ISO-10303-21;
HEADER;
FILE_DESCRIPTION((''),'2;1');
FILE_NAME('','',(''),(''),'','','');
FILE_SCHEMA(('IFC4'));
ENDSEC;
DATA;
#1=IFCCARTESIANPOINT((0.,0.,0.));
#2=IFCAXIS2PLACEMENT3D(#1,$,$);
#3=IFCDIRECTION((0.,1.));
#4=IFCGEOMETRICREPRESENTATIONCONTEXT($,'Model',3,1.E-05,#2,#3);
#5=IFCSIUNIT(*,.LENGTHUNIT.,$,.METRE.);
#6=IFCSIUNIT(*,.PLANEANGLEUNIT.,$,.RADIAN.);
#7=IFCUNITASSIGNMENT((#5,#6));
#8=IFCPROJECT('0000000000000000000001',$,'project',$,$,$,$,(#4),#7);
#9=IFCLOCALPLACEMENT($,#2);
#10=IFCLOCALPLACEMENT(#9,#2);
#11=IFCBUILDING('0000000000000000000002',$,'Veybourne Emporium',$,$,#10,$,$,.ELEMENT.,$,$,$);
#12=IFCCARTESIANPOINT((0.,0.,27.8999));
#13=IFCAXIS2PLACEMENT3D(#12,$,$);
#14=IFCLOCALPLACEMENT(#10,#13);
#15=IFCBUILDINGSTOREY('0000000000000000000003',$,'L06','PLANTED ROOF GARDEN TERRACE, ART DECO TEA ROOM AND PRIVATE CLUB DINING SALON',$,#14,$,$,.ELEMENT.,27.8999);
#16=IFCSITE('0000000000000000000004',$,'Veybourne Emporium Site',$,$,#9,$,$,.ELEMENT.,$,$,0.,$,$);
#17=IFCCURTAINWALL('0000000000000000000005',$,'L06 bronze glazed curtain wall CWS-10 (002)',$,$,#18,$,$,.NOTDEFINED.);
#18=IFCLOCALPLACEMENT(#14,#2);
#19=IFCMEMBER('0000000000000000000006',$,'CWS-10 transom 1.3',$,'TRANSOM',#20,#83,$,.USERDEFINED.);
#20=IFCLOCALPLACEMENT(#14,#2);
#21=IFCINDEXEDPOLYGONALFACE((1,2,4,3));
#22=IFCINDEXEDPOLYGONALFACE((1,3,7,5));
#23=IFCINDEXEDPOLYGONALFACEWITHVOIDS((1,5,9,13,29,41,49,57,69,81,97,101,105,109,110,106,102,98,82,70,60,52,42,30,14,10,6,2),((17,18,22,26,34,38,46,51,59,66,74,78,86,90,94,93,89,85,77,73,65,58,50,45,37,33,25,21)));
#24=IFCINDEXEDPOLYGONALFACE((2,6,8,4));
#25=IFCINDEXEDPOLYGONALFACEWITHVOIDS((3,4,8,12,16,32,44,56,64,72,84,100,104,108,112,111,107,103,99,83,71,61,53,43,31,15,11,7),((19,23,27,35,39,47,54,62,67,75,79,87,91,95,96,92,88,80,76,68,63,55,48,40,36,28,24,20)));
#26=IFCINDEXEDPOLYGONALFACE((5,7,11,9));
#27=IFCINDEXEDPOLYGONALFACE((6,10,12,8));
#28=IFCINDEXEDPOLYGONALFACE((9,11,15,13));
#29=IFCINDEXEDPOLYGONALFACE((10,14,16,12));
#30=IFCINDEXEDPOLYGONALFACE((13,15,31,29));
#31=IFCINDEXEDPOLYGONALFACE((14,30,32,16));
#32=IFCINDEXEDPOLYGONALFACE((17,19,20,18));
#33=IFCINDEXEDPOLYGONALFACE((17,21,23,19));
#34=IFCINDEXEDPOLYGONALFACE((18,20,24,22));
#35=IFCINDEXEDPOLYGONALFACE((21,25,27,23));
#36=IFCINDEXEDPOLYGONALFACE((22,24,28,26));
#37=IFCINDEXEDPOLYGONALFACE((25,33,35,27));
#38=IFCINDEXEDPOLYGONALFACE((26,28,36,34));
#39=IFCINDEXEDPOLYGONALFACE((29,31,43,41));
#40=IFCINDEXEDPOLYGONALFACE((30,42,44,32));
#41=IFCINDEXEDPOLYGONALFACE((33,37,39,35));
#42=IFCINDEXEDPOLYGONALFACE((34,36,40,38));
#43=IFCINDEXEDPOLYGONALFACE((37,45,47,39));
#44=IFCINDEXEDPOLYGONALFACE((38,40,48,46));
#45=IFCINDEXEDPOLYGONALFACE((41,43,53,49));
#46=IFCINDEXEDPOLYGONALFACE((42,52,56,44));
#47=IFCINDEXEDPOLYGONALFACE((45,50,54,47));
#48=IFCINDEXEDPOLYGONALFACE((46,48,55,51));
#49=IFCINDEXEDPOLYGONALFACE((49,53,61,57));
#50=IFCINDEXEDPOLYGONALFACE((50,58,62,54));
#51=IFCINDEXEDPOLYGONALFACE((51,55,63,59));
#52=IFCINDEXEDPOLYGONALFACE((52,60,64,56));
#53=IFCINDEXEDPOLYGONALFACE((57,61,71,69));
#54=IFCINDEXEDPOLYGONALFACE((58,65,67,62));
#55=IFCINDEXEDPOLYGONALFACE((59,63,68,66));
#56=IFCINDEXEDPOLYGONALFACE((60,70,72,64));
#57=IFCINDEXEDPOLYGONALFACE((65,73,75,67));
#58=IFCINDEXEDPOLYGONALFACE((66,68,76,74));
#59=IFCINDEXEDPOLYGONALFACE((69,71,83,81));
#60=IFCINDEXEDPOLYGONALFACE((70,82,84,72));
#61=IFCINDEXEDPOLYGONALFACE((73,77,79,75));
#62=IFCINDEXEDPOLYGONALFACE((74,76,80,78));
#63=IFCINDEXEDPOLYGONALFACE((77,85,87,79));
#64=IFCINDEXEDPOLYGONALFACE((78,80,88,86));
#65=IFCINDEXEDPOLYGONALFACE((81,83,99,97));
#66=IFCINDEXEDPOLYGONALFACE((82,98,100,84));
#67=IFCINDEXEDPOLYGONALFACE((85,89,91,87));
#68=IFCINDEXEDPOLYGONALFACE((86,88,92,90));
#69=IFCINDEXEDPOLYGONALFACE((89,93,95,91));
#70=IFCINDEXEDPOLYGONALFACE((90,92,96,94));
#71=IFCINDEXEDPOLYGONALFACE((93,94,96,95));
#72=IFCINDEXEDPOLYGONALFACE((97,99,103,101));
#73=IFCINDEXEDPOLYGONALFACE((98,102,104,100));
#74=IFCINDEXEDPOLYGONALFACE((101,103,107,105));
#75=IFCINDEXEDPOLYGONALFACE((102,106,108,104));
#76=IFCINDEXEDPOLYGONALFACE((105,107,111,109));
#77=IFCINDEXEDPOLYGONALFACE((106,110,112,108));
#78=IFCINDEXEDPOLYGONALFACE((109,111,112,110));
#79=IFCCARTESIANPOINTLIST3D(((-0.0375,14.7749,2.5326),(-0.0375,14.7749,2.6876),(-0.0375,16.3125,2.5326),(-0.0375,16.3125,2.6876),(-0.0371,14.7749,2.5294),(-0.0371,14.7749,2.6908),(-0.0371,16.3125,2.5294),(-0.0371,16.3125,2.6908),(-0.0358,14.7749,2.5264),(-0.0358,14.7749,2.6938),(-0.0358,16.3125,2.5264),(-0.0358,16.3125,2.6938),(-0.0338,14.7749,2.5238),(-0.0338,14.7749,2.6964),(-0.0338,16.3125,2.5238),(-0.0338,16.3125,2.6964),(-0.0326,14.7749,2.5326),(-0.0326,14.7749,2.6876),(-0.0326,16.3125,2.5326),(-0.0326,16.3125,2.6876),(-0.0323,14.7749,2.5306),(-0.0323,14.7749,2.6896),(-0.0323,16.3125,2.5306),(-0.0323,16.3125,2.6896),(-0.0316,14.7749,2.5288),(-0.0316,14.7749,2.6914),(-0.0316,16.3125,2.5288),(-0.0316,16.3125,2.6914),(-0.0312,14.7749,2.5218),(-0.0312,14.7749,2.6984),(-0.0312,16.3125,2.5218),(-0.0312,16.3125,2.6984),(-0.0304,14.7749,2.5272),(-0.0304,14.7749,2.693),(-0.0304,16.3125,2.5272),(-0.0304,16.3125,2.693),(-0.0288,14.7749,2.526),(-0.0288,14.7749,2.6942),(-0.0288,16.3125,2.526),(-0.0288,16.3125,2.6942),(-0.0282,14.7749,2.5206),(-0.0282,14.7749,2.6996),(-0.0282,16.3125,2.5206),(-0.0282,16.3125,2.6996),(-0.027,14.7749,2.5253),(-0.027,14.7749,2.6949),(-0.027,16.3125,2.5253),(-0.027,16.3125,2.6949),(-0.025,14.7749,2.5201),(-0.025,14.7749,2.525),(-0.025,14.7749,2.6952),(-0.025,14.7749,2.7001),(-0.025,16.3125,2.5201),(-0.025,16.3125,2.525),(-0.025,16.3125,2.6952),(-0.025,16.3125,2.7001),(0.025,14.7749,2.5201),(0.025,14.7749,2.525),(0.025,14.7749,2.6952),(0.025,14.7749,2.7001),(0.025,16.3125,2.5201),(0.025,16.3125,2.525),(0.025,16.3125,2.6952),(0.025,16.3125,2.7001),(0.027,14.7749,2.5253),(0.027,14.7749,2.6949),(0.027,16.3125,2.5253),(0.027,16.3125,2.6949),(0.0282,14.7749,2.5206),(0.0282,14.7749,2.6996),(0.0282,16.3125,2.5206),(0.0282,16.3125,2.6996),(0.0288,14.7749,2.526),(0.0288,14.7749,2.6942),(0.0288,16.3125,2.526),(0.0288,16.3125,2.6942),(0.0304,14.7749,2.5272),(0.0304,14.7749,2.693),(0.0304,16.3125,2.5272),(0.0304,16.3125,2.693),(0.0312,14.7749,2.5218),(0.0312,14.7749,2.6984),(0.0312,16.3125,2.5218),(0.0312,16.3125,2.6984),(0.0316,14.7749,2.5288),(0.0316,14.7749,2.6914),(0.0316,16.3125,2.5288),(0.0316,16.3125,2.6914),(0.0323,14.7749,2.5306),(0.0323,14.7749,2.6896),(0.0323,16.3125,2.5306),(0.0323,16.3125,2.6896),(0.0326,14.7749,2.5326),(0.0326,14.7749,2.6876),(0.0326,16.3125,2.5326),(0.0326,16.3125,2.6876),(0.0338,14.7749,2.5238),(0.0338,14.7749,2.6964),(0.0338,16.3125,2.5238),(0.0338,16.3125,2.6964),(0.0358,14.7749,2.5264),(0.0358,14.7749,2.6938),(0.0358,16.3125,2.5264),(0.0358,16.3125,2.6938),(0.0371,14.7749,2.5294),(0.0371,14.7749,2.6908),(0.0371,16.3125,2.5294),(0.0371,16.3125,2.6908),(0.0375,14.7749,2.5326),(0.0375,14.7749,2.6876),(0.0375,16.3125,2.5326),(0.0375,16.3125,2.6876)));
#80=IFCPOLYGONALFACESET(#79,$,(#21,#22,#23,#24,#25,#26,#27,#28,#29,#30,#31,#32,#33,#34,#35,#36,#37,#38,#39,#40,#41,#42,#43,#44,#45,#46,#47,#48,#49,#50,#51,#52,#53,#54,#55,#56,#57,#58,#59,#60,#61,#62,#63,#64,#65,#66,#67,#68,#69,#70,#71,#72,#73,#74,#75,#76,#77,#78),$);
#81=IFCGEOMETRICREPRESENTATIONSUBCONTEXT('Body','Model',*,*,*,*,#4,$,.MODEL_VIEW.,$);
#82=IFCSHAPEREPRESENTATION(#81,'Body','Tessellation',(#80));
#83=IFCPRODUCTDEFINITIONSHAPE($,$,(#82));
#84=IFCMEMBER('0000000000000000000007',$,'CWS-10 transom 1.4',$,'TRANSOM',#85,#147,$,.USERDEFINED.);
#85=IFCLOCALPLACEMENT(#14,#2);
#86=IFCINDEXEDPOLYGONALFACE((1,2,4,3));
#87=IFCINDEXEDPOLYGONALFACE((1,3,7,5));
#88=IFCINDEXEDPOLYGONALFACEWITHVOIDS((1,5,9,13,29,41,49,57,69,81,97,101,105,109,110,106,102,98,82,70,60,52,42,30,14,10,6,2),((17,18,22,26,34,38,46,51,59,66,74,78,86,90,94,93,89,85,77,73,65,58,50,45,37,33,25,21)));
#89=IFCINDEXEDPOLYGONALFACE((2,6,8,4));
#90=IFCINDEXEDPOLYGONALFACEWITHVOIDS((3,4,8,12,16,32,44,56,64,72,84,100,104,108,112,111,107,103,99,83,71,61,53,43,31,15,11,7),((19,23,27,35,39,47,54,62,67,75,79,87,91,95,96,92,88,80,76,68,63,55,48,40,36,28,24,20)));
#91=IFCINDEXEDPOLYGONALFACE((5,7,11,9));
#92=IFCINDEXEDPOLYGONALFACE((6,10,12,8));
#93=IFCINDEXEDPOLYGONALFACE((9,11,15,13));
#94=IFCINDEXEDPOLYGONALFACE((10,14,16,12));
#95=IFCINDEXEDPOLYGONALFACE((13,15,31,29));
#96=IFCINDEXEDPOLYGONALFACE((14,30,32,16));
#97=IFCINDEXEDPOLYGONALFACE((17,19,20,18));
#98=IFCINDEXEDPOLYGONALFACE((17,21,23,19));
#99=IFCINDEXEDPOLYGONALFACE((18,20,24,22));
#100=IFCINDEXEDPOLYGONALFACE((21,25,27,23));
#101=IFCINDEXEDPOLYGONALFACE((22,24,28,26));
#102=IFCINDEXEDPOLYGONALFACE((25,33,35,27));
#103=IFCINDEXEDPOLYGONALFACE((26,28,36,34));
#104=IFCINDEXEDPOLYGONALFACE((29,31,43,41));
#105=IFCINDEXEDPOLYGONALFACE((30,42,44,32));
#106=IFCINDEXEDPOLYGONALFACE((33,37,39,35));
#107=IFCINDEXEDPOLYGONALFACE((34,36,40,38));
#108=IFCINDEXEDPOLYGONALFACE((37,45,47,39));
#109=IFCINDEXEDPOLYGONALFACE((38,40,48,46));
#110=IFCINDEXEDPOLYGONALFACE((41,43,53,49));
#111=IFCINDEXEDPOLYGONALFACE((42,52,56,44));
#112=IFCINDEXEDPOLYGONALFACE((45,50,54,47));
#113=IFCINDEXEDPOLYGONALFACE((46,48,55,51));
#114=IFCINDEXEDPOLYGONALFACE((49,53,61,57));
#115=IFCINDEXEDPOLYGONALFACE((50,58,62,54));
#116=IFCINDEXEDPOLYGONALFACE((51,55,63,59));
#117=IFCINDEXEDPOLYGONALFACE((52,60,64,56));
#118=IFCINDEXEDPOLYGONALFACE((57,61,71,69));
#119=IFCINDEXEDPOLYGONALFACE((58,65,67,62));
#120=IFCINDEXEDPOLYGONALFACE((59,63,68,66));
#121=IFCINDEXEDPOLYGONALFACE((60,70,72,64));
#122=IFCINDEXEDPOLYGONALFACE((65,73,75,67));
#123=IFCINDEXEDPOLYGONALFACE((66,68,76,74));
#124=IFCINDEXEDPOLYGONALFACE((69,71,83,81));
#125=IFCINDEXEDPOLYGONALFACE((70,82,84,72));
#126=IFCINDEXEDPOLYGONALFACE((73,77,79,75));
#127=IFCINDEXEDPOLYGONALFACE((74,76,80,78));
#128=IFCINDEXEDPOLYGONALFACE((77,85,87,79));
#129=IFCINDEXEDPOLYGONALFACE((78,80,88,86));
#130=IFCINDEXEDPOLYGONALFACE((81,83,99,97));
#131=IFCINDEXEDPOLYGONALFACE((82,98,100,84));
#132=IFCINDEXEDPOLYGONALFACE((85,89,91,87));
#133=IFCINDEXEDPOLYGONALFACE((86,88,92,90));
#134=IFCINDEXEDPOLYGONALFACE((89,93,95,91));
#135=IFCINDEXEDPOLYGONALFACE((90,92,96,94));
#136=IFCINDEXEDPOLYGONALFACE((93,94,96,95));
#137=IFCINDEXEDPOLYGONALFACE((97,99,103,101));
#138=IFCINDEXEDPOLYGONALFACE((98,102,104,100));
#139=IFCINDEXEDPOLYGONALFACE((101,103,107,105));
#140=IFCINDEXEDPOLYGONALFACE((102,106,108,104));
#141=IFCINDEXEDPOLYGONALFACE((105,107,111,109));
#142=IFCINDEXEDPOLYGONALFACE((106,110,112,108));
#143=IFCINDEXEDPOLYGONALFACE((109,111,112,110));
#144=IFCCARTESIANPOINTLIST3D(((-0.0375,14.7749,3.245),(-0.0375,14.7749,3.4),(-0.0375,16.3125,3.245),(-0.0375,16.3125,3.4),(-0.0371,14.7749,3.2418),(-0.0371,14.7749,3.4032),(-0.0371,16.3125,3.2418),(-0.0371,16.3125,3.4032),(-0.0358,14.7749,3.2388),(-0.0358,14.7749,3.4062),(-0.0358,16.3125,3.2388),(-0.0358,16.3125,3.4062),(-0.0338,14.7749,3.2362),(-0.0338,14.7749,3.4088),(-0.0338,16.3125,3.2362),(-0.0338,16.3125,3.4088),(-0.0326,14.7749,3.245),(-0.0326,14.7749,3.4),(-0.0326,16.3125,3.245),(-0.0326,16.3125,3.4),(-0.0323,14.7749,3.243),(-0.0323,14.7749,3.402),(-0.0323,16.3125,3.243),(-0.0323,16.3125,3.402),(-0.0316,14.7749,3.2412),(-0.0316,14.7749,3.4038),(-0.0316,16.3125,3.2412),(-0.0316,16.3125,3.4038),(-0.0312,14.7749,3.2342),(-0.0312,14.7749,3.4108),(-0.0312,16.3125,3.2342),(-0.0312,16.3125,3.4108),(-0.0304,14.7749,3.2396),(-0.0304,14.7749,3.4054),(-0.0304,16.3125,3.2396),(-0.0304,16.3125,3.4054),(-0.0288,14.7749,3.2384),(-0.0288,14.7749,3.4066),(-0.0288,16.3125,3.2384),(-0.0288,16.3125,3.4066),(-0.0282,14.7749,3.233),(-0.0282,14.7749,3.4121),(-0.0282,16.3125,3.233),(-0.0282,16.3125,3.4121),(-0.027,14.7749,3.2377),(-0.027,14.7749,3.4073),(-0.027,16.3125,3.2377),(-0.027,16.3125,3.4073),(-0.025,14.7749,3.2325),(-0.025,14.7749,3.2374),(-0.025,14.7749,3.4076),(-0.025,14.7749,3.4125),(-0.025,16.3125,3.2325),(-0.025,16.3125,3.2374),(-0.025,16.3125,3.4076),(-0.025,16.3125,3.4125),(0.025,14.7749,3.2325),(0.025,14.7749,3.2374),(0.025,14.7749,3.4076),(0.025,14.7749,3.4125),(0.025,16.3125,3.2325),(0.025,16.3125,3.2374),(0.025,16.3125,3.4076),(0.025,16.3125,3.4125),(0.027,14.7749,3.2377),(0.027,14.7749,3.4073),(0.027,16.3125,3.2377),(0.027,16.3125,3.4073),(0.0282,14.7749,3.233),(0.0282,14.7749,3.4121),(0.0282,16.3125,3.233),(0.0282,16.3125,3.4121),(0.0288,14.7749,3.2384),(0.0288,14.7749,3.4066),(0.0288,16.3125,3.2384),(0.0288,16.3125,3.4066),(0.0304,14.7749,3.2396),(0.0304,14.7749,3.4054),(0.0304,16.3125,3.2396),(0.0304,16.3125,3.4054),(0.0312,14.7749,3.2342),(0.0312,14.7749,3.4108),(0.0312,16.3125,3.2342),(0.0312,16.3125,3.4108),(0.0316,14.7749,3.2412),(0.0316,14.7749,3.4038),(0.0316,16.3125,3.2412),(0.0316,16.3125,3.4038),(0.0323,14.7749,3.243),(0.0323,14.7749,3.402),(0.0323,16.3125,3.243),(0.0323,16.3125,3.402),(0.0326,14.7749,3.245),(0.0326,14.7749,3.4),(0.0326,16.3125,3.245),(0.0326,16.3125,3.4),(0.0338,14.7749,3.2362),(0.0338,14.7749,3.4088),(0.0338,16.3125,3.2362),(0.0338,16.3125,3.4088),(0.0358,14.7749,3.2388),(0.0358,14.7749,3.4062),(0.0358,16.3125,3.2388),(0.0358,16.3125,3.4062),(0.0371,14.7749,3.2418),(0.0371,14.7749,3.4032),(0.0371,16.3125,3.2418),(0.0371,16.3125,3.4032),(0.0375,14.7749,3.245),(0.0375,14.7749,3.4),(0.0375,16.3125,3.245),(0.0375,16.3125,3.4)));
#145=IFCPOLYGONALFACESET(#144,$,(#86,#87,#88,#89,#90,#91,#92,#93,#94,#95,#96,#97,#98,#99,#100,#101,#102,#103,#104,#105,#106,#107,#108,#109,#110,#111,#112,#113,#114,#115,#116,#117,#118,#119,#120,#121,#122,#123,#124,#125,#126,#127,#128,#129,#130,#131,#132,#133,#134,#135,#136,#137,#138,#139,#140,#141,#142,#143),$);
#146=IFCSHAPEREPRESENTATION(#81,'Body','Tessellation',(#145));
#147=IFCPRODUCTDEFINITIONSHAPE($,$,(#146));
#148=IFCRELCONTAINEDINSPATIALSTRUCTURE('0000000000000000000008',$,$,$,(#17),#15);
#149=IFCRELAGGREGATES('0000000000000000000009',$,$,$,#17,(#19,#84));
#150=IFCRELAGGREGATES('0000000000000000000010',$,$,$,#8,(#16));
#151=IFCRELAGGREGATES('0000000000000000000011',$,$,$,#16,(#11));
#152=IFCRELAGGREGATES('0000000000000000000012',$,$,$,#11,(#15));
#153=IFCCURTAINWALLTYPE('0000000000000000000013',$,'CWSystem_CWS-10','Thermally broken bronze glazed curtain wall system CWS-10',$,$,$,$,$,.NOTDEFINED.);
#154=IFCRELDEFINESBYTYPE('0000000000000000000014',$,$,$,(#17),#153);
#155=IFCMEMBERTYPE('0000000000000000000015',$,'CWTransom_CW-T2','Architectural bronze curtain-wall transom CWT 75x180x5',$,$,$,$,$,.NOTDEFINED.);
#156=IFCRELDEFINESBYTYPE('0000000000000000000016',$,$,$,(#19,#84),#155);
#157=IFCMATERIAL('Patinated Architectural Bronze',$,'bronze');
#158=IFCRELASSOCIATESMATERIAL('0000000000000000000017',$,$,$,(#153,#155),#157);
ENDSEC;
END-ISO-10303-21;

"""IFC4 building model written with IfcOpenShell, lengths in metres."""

from ifc_helpers import new_model, si_unit, direction, frame, origin, origin_2d, place, context, subcontext, project, spatial, hollow_rectangle, extrude, material, material_profile, profile_set, type_object, element, aggregate, save


model = new_model("IFC4")

# Units and contexts
model_context = context("Model", 3, precision=1e-05, world=origin(), true_north=direction((0.0, 1.0)))
body_context = subcontext(model_context, "Body", "Model", "MODEL_VIEW")
ifc_project = project(units=[si_unit("LENGTHUNIT", "METRE"), si_unit("PLANEANGLEUNIT", "RADIAN")], contexts=[model_context])

# Site, building, storey
site_placement = place(None, origin())
site = spatial("IfcSite", under=ifc_project, at=site_placement, Name="Veybourne Emporium Site", CompositionType="ELEMENT", RefElevation=0.0)
building_placement = place(site_placement, origin())
building = spatial("IfcBuilding", under=site, at=building_placement, Name="Veybourne Emporium", CompositionType="ELEMENT")
storey_placement = place(building_placement, frame((0.0, 0.0, 27.8999)))
storey = spatial("IfcBuildingStorey", under=building, at=storey_placement, Name="L06", Description="PLANTED ROOF GARDEN TERRACE, ART DECO TEA ROOM AND PRIVATE CLUB DINING SALON", CompositionType="ELEMENT", Elevation=27.8999)

# Curtain wall, members
ifc_material_1 = material(Name="Patinated Architectural Bronze", Category="bronze")
curtain_wall_type = type_object("IfcCurtainWallType", Name="CWSystem_CWS-10", Description="Thermally broken bronze glazed curtain wall system CWS-10", PredefinedType="NOTDEFINED", material=ifc_material_1)
curtain_wall_placement = place(storey_placement, origin())
curtain_wall = element("IfcCurtainWall", 1, at=curtain_wall_placement, inside=storey, type_object=curtain_wall_type, Name="L06 bronze glazed curtain wall CWS-10 (002)", PredefinedType="NOTDEFINED")
ifc_material_profile_1 = material_profile(ifc_material_1, hollow_rectangle(XDim=0.075, YDim=0.1799, WallThickness=0.0049, InnerFilletRadius=0.0076, OuterFilletRadius=0.0125, at=origin_2d()), Name="CWT 75x180x5")
ifc_profile_set_1 = profile_set([ifc_material_profile_1], Name="Patinated Architectural Bronze")
member_type_1 = type_object("IfcMemberType", Name="CWTransom_CW-T2", Description="Architectural bronze curtain-wall transom CWT 75x180x5", PredefinedType="NOTDEFINED", material=ifc_profile_set_1)
member_1_placement = place(storey_placement, frame((0.0, 14.7749, 2.6101), z_axis=(0.0, 1.0, 0.0), x_axis=(-1.0, 0.0, 0.0)))
member_1 = element("IfcMember", 2, at=member_1_placement, type_object=member_type_1, Name="CWS-10 transom 1.3", ObjectType="TRANSOM", PredefinedType="USERDEFINED", context=body_context, shape_type="SweptSolid", body=[
    extrude(hollow_rectangle(XDim=0.075, YDim=0.1799, WallThickness=0.0049, InnerFilletRadius=0.0076, OuterFilletRadius=0.0125, at=origin_2d()), origin(), (0.0, 0.0, 1.0), 1.5376),
])
member_2_placement = place(storey_placement, frame((0.0, 14.7749, 3.3225), z_axis=(0.0, 1.0, 0.0), x_axis=(-1.0, 0.0, 0.0)))
member_2 = element("IfcMember", 3, at=member_2_placement, type_object=member_type_1, Name="CWS-10 transom 1.4", ObjectType="TRANSOM", PredefinedType="USERDEFINED", context=body_context, shape_type="SweptSolid", body=[
    extrude(hollow_rectangle(XDim=0.075, YDim=0.1799, WallThickness=0.0049, InnerFilletRadius=0.0076, OuterFilletRadius=0.0125, at=origin_2d()), origin(), (0.0, 0.0, 1.0), 1.5376),
])

aggregate(curtain_wall, [member_1, member_2])

save(model, "model.ifc")
